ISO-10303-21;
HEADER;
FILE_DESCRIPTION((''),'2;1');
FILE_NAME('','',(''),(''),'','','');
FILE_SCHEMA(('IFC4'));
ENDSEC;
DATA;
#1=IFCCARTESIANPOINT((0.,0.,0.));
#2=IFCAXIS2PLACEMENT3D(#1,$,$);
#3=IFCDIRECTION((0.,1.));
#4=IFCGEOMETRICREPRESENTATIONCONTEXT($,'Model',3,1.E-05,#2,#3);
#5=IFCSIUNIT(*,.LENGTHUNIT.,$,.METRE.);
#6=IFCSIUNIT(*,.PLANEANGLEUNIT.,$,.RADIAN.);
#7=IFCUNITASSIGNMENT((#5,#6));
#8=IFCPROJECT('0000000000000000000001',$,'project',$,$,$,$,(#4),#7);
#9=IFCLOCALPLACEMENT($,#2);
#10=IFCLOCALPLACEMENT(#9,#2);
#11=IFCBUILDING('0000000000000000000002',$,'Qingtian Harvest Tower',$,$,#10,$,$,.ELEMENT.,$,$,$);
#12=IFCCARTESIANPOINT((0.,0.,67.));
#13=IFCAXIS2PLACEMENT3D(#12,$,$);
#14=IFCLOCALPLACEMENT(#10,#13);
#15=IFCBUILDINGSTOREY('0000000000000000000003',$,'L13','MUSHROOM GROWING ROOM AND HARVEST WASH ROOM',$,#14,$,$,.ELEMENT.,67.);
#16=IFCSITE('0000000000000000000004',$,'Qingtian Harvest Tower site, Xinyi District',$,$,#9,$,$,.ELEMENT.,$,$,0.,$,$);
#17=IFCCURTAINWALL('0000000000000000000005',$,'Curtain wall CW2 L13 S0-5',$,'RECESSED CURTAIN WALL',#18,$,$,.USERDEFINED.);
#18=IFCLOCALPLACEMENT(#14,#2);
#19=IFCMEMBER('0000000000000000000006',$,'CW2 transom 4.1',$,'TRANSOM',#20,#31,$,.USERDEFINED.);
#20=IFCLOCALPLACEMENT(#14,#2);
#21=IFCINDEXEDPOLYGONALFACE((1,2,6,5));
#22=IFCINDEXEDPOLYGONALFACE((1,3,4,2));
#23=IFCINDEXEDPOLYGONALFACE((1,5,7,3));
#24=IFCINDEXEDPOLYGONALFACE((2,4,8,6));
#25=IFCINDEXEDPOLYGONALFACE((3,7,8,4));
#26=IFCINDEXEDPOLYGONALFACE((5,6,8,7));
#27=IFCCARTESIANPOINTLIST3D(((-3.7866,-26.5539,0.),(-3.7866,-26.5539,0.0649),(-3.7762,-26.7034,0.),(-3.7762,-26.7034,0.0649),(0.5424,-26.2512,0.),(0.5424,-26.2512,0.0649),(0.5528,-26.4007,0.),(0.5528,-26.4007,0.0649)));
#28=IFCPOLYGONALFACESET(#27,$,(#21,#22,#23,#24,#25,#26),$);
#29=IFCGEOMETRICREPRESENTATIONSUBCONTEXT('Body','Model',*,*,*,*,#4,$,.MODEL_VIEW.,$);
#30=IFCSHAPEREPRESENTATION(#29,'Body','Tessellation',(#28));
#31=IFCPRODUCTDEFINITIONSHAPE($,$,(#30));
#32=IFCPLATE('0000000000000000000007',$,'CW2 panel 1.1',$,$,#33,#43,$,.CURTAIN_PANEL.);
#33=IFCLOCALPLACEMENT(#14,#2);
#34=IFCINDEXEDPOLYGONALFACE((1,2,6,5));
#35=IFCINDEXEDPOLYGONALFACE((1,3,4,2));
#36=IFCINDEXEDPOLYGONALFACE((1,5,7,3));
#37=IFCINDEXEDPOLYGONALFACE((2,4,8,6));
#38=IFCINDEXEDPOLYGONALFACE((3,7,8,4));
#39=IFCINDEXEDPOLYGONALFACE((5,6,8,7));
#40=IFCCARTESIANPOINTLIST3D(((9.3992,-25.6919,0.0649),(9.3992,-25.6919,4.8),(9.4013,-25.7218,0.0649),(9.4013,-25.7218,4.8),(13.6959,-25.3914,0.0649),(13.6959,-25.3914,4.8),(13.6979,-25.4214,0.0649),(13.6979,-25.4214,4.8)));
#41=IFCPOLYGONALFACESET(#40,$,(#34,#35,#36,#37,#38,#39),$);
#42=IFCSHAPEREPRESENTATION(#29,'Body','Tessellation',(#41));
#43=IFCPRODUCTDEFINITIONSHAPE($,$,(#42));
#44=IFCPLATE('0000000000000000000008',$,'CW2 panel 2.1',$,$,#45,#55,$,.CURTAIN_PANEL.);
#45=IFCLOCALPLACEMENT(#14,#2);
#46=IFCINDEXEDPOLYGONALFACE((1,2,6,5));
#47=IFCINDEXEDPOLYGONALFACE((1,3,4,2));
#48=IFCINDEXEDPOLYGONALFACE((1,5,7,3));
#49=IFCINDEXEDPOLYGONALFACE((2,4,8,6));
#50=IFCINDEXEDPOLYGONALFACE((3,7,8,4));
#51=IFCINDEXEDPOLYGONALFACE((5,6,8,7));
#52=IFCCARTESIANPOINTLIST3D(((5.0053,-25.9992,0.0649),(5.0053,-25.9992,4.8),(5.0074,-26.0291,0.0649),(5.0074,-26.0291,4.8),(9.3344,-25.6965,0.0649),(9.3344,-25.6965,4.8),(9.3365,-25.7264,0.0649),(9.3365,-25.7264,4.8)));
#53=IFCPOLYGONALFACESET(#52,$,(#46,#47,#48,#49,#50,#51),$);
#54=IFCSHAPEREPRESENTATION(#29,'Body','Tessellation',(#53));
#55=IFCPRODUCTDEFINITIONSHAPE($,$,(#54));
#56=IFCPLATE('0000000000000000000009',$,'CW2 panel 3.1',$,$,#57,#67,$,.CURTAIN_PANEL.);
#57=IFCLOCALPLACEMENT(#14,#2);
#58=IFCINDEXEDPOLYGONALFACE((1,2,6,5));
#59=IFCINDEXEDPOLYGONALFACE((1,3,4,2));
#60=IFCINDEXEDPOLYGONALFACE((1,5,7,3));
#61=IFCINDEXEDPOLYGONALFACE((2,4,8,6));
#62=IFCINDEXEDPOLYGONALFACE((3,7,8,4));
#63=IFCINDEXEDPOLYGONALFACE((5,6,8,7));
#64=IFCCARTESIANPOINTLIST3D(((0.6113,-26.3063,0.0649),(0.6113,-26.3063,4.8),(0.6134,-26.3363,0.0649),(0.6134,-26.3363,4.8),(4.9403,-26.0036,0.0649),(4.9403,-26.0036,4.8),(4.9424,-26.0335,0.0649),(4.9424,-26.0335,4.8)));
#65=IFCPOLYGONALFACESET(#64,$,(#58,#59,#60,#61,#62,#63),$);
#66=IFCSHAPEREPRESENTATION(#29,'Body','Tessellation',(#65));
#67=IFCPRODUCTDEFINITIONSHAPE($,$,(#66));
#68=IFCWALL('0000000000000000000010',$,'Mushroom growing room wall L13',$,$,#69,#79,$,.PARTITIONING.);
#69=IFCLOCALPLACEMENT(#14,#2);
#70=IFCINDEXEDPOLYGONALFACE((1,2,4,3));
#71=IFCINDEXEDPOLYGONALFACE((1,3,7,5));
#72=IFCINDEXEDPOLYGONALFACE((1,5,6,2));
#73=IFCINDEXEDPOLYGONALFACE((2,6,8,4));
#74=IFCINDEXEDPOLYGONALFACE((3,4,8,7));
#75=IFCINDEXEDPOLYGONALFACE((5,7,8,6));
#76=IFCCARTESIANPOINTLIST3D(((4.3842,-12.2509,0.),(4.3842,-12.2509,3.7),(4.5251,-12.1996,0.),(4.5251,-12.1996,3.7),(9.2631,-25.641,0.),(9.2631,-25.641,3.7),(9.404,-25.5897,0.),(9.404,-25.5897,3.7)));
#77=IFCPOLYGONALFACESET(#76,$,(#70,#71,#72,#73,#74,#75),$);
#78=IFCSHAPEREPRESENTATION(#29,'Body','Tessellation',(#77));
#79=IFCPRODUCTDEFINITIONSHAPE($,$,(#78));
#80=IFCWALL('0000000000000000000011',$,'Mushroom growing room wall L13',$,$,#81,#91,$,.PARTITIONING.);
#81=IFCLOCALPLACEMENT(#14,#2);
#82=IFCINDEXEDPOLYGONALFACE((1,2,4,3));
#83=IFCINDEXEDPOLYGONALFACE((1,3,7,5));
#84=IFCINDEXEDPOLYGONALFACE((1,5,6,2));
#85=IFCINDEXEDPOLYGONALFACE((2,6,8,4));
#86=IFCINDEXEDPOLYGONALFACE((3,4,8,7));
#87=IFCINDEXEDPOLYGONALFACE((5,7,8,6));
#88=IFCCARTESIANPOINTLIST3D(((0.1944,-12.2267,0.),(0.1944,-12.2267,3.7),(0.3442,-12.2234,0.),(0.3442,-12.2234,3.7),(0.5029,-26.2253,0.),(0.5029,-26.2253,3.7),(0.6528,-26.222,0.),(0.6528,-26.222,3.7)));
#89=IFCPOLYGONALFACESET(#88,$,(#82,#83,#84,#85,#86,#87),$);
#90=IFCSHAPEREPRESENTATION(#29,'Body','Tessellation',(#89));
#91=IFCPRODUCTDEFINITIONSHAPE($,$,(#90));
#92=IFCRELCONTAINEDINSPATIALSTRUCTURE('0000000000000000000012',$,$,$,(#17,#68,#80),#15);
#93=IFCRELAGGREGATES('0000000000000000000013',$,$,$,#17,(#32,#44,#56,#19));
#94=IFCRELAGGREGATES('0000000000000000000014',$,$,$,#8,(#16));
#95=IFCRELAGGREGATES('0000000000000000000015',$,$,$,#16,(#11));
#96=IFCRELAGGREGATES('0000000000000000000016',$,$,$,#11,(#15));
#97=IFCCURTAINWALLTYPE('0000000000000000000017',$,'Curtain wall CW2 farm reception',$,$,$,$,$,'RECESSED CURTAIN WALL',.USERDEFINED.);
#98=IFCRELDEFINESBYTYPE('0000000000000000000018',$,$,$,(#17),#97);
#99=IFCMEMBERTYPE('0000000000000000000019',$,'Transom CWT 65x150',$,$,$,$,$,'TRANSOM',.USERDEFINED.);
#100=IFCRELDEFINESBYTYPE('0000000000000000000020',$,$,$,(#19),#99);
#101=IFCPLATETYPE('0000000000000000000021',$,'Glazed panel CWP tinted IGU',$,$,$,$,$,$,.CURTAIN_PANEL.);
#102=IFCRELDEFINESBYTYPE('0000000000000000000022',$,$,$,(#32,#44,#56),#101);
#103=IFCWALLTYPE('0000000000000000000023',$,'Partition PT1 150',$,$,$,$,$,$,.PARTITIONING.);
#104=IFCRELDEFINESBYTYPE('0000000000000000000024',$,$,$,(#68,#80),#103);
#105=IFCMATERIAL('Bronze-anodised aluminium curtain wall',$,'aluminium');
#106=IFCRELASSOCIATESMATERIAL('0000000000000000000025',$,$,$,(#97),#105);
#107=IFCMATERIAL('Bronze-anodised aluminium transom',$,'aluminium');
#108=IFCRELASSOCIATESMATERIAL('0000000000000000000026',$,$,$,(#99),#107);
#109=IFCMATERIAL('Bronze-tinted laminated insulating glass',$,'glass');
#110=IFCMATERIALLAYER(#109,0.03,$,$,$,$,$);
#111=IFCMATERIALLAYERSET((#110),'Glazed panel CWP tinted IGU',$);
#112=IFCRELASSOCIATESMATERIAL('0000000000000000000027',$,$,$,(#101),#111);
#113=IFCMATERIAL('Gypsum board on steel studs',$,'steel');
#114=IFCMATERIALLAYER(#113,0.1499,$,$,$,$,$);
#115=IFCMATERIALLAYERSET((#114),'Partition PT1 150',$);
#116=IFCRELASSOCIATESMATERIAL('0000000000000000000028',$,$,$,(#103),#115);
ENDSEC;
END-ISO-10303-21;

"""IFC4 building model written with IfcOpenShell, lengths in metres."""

from ifc_helpers import new_model, si_unit, direction, frame, frame_2d, origin, origin_2d, place, context, subcontext, project, spatial, rectangle, extrude, material, layer, layer_set, material_profile, profile_set, type_object, element, aggregate, save


model = new_model("IFC4")

# Units and contexts
model_context = context("Model", 3, precision=1e-05, world=origin(), true_north=direction((0.0, 1.0)))
body_context = subcontext(model_context, "Body", "Model", "MODEL_VIEW")
ifc_project = project(units=[si_unit("LENGTHUNIT", "METRE"), si_unit("PLANEANGLEUNIT", "RADIAN")], contexts=[model_context])

# Site, building, storey
site_placement = place(None, origin())
site = spatial("IfcSite", under=ifc_project, at=site_placement, Name="Qingtian Harvest Tower site, Xinyi District", CompositionType="ELEMENT", RefElevation=0.0)
building_placement = place(site_placement, origin())
building = spatial("IfcBuilding", under=site, at=building_placement, Name="Qingtian Harvest Tower", CompositionType="ELEMENT")
storey_placement = place(building_placement, frame((0.0, 0.0, 67.0)))
storey = spatial("IfcBuildingStorey", under=building, at=storey_placement, Name="L13", Description="MUSHROOM GROWING ROOM AND HARVEST WASH ROOM", CompositionType="ELEMENT", Elevation=67.0)

# Shared definitions
ifc_material_1 = material(Name="Bronze-anodised aluminium curtain wall", Category="aluminium")
curtain_wall_type = type_object("IfcCurtainWallType", Name="Curtain wall CW2 farm reception", ElementType="RECESSED CURTAIN WALL", PredefinedType="USERDEFINED", material=ifc_material_1)

# Curtain wall
curtain_wall_1_placement = place(storey_placement, origin())
curtain_wall_1 = element("IfcCurtainWall", 1, at=curtain_wall_1_placement, inside=storey, type_object=curtain_wall_type, Name="Curtain wall CW2 L13 S0-5", ObjectType="RECESSED CURTAIN WALL", PredefinedType="USERDEFINED")

# Member
ifc_material_2 = material(Name="Bronze-anodised aluminium transom", Category="aluminium")
ifc_material_profile_1 = material_profile(ifc_material_2, rectangle(XDim=0.1499, YDim=0.0649, at=origin_2d()), Name="AL 65x150")
ifc_profile_set_1 = profile_set([ifc_material_profile_1], Name="Bronze-anodised aluminium transom")
member_type_1 = type_object("IfcMemberType", Name="Transom CWT 65x150", ElementType="TRANSOM", PredefinedType="USERDEFINED", material=ifc_profile_set_1)
member_1_placement = place(storey_placement, frame((0.5476, -26.3259, 0.0325), z_axis=(-0.997564, -0.06976, 0.0), x_axis=(0.06976, -0.997564, 0.0)))
member_1 = element("IfcMember", 2, at=member_1_placement, type_object=member_type_1, Name="CW2 transom 4.1", ObjectType="TRANSOM", PredefinedType="USERDEFINED", context=body_context, shape_type="SweptSolid", body=[
    extrude(rectangle(XDim=0.1499, YDim=0.0649, at=origin_2d()), origin(), (0.0, 0.0, 1.0), 4.3396),
])

# Plates
ifc_material_3 = material(Name="Bronze-tinted laminated insulating glass", Category="glass")
ifc_layer_1 = layer(ifc_material_3, 0.03)
ifc_layer_set_1 = layer_set([ifc_layer_1], Name="Glazed panel CWP tinted IGU")
plate_type = type_object("IfcPlateType", Name="Glazed panel CWP tinted IGU", PredefinedType="CURTAIN_PANEL", material=ifc_layer_set_1)
plate_1_placement = place(storey_placement, frame((11.5486, -25.5566, 0.0649), z_axis=(0.0, 0.0, 1.0), x_axis=(-0.997564, -0.069756, 0.0)))
plate_1 = element("IfcPlate", 3, at=plate_1_placement, type_object=plate_type, Name="CW2 panel 1.1", PredefinedType="CURTAIN_PANEL", context=body_context, shape_type="SweptSolid", body=[
    extrude(rectangle(XDim=4.3071, YDim=0.03, at=origin_2d()), origin(), (0.0, 0.0, 1.0), 4.7351),
])
plate_2_placement = place(storey_placement, frame((7.1709, -25.8628, 0.0649), z_axis=(0.0, 0.0, 1.0), x_axis=(-0.997564, -0.069756, 0.0)))
plate_2 = element("IfcPlate", 4, at=plate_2_placement, type_object=plate_type, Name="CW2 panel 2.1", PredefinedType="CURTAIN_PANEL", context=body_context, shape_type="SweptSolid", body=[
    extrude(rectangle(XDim=4.3396, YDim=0.03, at=origin_2d()), origin(), (0.0, 0.0, 1.0), 4.7351),
])
plate_3_placement = place(storey_placement, frame((2.7769, -26.1699, 0.0649), z_axis=(0.0, 0.0, 1.0), x_axis=(-0.997564, -0.069756, 0.0)))
plate_3 = element("IfcPlate", 5, at=plate_3_placement, type_object=plate_type, Name="CW2 panel 3.1", PredefinedType="CURTAIN_PANEL", context=body_context, shape_type="SweptSolid", body=[
    extrude(rectangle(XDim=4.3396, YDim=0.03, at=origin_2d()), origin(), (0.0, 0.0, 1.0), 4.7351),
])
aggregate(curtain_wall_1, [plate_1, plate_2, plate_3, member_1])

# Walls
ifc_material_4 = material(Name="Gypsum board on steel studs", Category="steel")
ifc_layer_2 = layer(ifc_material_4, 0.1499)
ifc_layer_set_2 = layer_set([ifc_layer_2], Name="Partition PT1 150")
wall_type = type_object("IfcWallType", Name="Partition PT1 150", PredefinedType="PARTITIONING", material=ifc_layer_set_2)
wall_1_placement = place(storey_placement, frame((9.3335, -25.6152, 0.0), z_axis=(0.0, 0.0, 1.0), x_axis=(-0.342348, 0.939573, 0.0)))
element("IfcWall", 6, at=wall_1_placement, inside=storey, type_object=wall_type, Name="Mushroom growing room wall L13", PredefinedType="PARTITIONING", context=body_context, shape_type="SweptSolid", body=[
    extrude(rectangle(XDim=14.2512, YDim=0.1499, at=frame_2d((7.1255, 0.0))), origin(), (0.0, 0.0, 1.0), 3.7),
])
wall_2_placement = place(storey_placement, frame((0.5779, -26.2236, 0.0), z_axis=(0.0, 0.0, 1.0), x_axis=(-0.022039, 0.999757, 0.0)))
element("IfcWall", 7, at=wall_2_placement, inside=storey, type_object=wall_type, Name="Mushroom growing room wall L13", PredefinedType="PARTITIONING", context=body_context, shape_type="SweptSolid", body=[
    extrude(rectangle(XDim=14.002, YDim=0.1499, at=frame_2d((7.001, 0.0))), origin(), (0.0, 0.0, 1.0), 3.7),
])

save(model, "model.ifc")
